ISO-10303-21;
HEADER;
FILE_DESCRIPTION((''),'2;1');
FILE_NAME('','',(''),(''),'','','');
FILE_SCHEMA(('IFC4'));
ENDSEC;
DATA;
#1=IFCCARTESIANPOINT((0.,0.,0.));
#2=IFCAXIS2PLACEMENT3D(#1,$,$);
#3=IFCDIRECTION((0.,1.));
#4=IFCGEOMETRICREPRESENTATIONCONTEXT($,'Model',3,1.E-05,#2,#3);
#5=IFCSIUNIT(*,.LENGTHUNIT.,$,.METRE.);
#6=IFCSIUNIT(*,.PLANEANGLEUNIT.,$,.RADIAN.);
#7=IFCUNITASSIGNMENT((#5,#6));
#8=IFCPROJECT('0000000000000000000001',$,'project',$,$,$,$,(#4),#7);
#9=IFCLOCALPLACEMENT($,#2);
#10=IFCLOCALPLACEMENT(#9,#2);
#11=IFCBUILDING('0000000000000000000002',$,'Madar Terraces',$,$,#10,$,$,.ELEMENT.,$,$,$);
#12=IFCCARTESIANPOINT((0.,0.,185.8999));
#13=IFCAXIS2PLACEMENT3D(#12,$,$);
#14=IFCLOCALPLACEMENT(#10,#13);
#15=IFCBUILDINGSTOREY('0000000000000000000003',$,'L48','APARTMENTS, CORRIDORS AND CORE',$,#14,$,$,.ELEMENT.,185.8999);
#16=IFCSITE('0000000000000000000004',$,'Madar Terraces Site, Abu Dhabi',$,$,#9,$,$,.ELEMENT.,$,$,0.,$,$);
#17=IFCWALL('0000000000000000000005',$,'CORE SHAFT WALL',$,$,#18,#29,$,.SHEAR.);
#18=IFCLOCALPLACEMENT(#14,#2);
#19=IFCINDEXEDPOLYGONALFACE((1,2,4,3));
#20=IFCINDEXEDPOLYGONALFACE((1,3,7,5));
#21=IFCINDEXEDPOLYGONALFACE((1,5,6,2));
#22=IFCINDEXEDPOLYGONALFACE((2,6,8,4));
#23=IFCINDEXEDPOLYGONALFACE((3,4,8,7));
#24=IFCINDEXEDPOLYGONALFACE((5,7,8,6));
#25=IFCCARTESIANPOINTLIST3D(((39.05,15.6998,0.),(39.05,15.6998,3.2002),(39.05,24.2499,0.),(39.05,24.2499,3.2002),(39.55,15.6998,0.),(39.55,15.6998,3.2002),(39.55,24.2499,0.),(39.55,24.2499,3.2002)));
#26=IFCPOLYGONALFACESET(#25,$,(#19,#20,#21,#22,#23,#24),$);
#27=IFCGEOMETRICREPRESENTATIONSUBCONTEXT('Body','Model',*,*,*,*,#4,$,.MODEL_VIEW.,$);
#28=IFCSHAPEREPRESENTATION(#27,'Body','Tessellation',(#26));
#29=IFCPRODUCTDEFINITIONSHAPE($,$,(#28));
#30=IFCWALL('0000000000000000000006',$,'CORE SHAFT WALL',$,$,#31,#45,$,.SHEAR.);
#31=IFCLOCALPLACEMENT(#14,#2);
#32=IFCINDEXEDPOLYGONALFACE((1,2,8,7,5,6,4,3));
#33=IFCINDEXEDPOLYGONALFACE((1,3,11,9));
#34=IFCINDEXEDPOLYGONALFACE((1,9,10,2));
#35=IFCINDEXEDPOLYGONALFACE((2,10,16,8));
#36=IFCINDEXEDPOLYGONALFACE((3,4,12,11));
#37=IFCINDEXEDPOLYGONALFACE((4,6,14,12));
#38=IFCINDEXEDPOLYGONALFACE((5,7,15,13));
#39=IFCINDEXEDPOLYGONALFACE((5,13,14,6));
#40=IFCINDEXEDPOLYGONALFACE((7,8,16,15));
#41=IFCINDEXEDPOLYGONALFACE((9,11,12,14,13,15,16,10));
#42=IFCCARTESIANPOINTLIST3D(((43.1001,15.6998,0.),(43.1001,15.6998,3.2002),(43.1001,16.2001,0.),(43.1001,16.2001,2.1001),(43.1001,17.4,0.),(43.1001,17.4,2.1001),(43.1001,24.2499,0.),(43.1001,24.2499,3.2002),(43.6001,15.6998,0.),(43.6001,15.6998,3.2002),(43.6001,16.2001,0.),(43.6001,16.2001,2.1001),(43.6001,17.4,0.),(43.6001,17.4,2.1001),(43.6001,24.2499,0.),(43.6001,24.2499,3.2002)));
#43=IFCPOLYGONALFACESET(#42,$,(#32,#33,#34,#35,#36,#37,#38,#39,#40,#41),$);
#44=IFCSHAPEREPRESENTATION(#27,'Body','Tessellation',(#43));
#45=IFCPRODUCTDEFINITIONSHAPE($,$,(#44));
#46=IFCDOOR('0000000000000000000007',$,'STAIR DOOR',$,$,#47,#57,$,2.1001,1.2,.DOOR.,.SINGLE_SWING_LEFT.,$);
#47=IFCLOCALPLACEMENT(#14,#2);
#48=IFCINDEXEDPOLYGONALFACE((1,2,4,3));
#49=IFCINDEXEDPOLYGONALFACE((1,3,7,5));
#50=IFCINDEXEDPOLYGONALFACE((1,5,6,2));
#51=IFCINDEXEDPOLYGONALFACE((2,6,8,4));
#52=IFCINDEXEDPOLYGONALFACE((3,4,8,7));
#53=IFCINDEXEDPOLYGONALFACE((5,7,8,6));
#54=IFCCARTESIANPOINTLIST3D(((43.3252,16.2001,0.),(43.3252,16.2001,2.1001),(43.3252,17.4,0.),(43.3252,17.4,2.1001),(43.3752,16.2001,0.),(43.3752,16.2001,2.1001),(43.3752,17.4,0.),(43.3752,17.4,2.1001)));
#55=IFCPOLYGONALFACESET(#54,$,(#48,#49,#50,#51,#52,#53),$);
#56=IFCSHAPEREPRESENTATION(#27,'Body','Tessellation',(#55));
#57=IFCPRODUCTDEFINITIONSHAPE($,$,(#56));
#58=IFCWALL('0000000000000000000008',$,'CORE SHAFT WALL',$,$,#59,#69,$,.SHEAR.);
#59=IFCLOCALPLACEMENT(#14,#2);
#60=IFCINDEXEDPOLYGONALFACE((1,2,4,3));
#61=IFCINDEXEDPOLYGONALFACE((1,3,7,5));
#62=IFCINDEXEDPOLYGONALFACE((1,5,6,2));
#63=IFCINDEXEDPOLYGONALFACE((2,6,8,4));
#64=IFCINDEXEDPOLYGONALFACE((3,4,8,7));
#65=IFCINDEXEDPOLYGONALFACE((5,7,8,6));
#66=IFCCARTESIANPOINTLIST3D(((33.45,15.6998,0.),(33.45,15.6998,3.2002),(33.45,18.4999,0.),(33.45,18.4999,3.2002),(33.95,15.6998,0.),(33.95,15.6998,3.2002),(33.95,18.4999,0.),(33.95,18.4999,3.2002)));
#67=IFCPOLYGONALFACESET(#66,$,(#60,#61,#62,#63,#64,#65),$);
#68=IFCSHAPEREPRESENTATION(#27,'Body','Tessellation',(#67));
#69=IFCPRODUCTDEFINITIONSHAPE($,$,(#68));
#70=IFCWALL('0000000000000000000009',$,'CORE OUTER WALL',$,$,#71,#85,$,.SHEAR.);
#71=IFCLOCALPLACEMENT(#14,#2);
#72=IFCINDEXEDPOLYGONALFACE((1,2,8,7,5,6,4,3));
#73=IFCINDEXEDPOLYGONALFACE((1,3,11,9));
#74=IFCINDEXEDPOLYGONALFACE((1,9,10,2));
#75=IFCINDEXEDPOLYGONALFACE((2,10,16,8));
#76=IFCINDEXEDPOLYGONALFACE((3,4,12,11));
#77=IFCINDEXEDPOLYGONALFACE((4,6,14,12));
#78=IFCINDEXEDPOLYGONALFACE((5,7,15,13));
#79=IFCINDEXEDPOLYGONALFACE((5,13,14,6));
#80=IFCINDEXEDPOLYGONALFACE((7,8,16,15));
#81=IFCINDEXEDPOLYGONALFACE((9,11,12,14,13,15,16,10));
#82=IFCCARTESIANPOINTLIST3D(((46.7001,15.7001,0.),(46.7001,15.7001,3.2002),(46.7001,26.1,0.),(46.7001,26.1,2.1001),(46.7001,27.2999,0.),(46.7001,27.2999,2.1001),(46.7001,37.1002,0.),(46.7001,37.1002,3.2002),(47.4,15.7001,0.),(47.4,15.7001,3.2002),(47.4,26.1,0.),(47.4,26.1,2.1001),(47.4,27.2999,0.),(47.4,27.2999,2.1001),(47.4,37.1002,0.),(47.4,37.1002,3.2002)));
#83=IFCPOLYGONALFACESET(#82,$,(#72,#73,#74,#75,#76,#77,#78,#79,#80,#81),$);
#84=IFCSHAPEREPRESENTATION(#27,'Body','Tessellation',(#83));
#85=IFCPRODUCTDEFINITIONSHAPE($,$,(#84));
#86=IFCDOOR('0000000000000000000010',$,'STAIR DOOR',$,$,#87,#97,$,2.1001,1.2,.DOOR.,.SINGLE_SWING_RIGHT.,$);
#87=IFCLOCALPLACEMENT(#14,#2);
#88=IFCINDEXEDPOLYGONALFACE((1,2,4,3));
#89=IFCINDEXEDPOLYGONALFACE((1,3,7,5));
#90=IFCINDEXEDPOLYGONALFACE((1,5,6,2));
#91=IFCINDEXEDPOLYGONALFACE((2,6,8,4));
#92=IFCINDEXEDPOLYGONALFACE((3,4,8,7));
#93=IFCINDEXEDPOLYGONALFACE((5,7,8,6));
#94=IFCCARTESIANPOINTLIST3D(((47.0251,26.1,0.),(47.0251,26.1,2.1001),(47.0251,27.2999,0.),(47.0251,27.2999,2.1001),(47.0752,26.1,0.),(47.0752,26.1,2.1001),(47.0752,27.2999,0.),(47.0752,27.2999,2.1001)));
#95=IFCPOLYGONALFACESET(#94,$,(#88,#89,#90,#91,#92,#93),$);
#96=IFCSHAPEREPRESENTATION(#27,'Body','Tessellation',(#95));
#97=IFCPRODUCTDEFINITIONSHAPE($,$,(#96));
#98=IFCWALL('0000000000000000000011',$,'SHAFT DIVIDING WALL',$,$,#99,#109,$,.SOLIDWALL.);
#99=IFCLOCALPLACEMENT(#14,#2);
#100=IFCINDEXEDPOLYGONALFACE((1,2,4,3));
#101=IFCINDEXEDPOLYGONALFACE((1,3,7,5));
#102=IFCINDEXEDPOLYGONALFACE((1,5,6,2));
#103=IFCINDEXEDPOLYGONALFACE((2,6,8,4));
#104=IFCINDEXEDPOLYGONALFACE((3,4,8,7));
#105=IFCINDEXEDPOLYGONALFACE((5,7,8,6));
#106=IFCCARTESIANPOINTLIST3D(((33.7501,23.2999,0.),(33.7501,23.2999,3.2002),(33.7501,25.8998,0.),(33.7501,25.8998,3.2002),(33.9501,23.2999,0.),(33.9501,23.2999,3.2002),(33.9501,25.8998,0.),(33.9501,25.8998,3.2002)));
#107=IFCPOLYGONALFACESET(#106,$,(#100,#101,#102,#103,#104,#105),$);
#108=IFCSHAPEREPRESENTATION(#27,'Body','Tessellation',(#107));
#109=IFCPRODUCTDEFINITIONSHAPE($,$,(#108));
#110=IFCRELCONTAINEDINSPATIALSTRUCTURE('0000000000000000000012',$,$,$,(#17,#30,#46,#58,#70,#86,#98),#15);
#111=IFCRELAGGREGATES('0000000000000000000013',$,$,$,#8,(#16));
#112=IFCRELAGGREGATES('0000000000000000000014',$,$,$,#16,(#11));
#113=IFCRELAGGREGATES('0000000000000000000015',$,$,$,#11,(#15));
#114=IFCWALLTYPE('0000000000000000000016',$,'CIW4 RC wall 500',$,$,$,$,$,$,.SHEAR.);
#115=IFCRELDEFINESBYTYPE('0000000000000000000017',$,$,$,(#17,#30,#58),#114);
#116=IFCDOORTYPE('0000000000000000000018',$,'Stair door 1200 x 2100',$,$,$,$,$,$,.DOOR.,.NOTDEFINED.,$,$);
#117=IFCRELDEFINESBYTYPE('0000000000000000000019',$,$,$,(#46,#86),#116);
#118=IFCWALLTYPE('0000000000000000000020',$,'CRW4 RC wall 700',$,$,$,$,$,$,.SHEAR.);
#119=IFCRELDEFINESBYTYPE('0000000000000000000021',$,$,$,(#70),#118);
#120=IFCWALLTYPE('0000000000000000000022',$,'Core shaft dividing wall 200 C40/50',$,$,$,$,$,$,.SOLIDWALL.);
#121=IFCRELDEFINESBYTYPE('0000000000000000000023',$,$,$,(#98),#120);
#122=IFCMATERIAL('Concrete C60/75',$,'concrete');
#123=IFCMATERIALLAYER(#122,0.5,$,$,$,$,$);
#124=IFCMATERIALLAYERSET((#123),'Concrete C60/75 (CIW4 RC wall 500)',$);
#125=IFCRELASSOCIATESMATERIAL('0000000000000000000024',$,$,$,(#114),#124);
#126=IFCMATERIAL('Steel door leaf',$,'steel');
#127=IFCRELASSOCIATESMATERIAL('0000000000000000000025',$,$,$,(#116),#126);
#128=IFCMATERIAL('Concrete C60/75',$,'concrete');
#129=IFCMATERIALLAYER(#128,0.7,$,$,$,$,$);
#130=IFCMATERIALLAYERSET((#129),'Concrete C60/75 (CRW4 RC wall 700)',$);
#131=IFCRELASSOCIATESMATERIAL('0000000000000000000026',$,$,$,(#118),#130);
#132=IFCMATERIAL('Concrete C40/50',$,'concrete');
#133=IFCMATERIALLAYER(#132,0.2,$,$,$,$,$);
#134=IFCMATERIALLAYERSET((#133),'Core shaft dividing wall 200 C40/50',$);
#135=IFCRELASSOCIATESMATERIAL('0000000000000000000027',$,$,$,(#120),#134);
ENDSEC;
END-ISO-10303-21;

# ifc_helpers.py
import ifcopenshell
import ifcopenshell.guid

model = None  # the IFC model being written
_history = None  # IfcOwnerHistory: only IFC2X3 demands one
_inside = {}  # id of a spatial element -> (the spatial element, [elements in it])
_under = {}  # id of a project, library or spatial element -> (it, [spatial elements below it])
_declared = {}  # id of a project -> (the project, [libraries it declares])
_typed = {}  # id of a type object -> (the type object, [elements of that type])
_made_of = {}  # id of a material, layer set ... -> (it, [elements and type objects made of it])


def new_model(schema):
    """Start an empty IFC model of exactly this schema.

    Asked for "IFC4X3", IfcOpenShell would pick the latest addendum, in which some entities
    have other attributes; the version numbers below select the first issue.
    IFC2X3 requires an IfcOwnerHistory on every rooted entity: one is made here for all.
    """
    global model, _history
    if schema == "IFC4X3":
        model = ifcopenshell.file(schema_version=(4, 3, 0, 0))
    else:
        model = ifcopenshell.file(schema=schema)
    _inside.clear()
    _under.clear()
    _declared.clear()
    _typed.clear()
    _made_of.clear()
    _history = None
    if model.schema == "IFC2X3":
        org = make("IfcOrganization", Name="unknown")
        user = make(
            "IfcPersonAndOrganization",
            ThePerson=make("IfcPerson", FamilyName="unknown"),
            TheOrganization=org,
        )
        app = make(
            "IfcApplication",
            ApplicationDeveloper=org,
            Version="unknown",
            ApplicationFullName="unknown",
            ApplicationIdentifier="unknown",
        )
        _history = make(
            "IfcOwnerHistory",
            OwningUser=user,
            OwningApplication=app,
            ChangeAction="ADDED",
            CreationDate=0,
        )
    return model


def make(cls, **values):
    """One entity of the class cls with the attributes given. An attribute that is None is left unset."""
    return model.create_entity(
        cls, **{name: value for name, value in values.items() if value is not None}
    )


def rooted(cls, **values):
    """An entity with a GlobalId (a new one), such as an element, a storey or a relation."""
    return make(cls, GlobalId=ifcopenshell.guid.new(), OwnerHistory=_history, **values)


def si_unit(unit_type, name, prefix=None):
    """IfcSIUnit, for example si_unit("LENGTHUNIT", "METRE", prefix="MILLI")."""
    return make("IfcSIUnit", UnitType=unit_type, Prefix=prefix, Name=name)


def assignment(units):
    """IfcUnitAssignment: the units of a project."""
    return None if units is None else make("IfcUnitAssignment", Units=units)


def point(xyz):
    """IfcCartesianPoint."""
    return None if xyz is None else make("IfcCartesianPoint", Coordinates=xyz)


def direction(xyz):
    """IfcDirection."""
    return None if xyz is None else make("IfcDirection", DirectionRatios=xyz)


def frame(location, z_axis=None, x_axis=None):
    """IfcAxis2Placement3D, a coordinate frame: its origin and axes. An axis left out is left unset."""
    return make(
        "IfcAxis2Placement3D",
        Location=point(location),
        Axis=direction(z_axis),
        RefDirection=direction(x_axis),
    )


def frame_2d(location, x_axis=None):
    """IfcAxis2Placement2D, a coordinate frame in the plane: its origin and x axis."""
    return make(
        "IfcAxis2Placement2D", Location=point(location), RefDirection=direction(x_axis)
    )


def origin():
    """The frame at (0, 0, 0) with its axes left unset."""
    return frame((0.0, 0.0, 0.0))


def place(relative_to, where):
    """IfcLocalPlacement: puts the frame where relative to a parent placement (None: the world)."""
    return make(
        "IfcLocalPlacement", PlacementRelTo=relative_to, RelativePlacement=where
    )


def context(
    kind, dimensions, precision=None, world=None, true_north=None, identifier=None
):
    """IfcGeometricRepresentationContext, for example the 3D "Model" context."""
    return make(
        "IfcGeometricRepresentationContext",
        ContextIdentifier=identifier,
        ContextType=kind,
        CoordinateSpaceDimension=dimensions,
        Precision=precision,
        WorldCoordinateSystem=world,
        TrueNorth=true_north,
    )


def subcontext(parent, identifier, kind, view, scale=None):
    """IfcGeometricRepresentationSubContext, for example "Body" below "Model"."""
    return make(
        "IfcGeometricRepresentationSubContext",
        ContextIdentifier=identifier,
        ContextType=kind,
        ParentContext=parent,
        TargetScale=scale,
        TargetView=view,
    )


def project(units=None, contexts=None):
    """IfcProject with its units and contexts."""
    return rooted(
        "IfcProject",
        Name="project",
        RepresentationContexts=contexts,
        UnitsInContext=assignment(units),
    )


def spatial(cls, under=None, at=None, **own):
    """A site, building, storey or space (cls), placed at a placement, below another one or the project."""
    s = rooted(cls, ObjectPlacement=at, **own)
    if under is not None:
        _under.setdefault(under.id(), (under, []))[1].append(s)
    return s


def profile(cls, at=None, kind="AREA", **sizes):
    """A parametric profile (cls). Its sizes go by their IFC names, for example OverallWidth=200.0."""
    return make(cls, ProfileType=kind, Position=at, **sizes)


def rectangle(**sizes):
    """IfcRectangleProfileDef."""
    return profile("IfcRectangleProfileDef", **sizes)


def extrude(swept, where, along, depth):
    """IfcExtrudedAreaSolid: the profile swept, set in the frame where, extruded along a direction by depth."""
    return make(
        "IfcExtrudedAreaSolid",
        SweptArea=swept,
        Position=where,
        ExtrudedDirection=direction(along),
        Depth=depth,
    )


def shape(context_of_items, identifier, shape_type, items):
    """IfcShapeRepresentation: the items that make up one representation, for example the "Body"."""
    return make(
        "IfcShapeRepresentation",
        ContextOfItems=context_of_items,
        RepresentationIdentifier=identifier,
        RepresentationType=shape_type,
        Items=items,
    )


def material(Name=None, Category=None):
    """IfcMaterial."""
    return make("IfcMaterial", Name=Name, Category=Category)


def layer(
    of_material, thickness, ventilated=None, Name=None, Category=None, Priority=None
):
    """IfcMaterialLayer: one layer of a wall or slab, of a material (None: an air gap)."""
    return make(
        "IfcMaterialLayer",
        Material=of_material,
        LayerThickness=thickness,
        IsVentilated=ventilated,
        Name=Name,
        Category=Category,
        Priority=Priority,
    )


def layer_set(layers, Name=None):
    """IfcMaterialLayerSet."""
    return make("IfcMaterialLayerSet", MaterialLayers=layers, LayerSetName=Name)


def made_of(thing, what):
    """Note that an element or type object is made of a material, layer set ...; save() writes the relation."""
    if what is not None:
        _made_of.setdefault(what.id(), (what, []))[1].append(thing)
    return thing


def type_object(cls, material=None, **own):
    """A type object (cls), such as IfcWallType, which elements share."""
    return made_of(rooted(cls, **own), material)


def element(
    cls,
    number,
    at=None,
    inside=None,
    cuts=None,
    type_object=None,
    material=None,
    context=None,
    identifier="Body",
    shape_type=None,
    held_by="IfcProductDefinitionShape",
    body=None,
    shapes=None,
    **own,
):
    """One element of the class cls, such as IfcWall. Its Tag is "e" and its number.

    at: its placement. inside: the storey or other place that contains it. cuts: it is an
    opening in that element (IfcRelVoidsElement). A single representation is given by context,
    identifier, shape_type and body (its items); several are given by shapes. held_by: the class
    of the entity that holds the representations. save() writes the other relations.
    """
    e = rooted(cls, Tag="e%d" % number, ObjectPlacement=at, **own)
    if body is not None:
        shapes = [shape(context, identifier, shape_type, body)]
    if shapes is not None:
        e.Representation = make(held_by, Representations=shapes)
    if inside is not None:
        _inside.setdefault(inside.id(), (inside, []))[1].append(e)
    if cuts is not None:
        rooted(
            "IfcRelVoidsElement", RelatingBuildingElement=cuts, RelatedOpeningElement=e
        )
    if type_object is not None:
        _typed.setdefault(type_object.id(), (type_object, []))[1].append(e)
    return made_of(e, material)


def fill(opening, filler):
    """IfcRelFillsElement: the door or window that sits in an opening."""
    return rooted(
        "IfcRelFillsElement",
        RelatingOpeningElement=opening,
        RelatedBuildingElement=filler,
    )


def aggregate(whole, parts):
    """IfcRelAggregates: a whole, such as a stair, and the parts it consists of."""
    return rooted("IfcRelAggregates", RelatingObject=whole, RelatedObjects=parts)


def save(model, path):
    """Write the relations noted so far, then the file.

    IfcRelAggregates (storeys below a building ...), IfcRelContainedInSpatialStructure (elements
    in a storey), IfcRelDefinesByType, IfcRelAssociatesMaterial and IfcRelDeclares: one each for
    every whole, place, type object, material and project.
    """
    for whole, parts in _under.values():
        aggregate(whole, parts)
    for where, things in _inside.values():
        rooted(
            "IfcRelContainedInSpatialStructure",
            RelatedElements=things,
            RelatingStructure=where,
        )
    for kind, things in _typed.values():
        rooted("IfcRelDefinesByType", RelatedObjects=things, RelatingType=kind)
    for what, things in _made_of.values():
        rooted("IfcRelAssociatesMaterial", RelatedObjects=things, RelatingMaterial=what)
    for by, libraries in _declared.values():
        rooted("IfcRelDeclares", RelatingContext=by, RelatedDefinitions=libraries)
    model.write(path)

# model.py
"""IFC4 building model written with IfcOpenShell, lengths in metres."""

from ifc_helpers import new_model, si_unit, direction, frame, frame_2d, origin, place, context, subcontext, project, spatial, rectangle, extrude, material, layer, layer_set, type_object, element, fill, save


model = new_model("IFC4")

# Units and contexts
model_context = context("Model", 3, precision=1e-05, world=origin(), true_north=direction((0.0, 1.0)))
body_context = subcontext(model_context, "Body", "Model", "MODEL_VIEW")
ifc_project = project(units=[si_unit("LENGTHUNIT", "METRE"), si_unit("PLANEANGLEUNIT", "RADIAN")], contexts=[model_context])

# Site, building, storey
site_placement = place(None, origin())
site = spatial("IfcSite", under=ifc_project, at=site_placement, Name="Madar Terraces Site, Abu Dhabi", CompositionType="ELEMENT", RefElevation=0.0)
building_placement = place(site_placement, origin())
building = spatial("IfcBuilding", under=site, at=building_placement, Name="Madar Terraces", CompositionType="ELEMENT")
storey_placement = place(building_placement, frame((0.0, 0.0, 185.8999)))
storey = spatial("IfcBuildingStorey", under=building, at=storey_placement, Name="L48", Description="APARTMENTS, CORRIDORS AND CORE", CompositionType="ELEMENT", Elevation=185.8999)

# Wall
ifc_material_1 = material(Name="Concrete C60/75", Category="concrete")
ifc_layer_1 = layer(ifc_material_1, 0.5)
ifc_layer_set_1 = layer_set([ifc_layer_1], Name="Concrete C60/75 (CIW4 RC wall 500)")
wall_type_1 = type_object("IfcWallType", Name="CIW4 RC wall 500", PredefinedType="SHEAR", material=ifc_layer_set_1)
wall_1_placement = place(storey_placement, frame((39.3, 15.7, 0.0), z_axis=(0.0, 0.0, 1.0), x_axis=(0.0, 1.0, 0.0)))
element("IfcWall", 1, at=wall_1_placement, inside=storey, type_object=wall_type_1, Name="CORE SHAFT WALL", PredefinedType="SHEAR", context=body_context, shape_type="SweptSolid", body=[
    extrude(rectangle(XDim=8.55, YDim=0.5, at=frame_2d((4.2749, 0.0))), origin(), (0.0, 0.0, 1.0), 3.2002),
])

# Wall, opening, door
wall_2_placement = place(storey_placement, frame((43.3501, 15.7, 0.0), z_axis=(0.0, 0.0, 1.0), x_axis=(0.0, 1.0, 0.0)))
wall_2 = element("IfcWall", 2, at=wall_2_placement, inside=storey, type_object=wall_type_1, Name="CORE SHAFT WALL", PredefinedType="SHEAR", context=body_context, shape_type="SweptSolid", body=[
    extrude(rectangle(XDim=8.55, YDim=0.5, at=frame_2d((4.2749, 0.0))), origin(), (0.0, 0.0, 1.0), 3.2002),
])
opening_1_placement = place(wall_2_placement, frame((0.5, 0.0, 0.0)))
opening_1 = element("IfcOpeningElement", 3, at=opening_1_placement, cuts=wall_2, PredefinedType="OPENING", context=body_context, shape_type="SweptSolid", body=[
    extrude(rectangle(XDim=1.2, YDim=2.1001, at=frame_2d((0.6001, 1.05))), frame((0.0, 0.26, 0.0), z_axis=(0.0, -1.0, 0.0), x_axis=(1.0, 0.0, 0.0)), (0.0, 0.0, 1.0), 0.52),
])
ifc_material_2 = material(Name="Steel door leaf", Category="steel")
door_type_1 = type_object("IfcDoorType", Name="Stair door 1200 x 2100", OperationType="NOTDEFINED", PredefinedType="DOOR", material=ifc_material_2)
door_1_placement = place(opening_1_placement, origin())
door_1 = element("IfcDoor", 4, at=door_1_placement, inside=storey, type_object=door_type_1, Name="STAIR DOOR", OperationType="SINGLE_SWING_LEFT", OverallHeight=2.1001, OverallWidth=1.2, PredefinedType="DOOR", context=body_context, shape_type="SweptSolid", body=[
    extrude(rectangle(XDim=1.2, YDim=2.1001, at=frame_2d((0.6001, 1.05))), frame((0.0, 0.0249, 0.0), z_axis=(0.0, -1.0, 0.0), x_axis=(1.0, 0.0, 0.0)), (0.0, 0.0, 1.0), 0.05),
])
fill(opening_1, door_1)

# Wall
wall_3_placement = place(storey_placement, frame((33.7, 15.7, 0.0), z_axis=(0.0, 0.0, 1.0), x_axis=(0.0, 1.0, 0.0)))
element("IfcWall", 5, at=wall_3_placement, inside=storey, type_object=wall_type_1, Name="CORE SHAFT WALL", PredefinedType="SHEAR", context=body_context, shape_type="SweptSolid", body=[
    extrude(rectangle(XDim=2.8, YDim=0.5, at=frame_2d((1.3999, 0.0))), origin(), (0.0, 0.0, 1.0), 3.2002),
])

# Wall, opening, door
ifc_material_3 = material(Name="Concrete C60/75", Category="concrete")
ifc_layer_2 = layer(ifc_material_3, 0.7)
ifc_layer_set_2 = layer_set([ifc_layer_2], Name="Concrete C60/75 (CRW4 RC wall 700)")
wall_type_2 = type_object("IfcWallType", Name="CRW4 RC wall 700", PredefinedType="SHEAR", material=ifc_layer_set_2)
wall_4_placement = place(storey_placement, frame((47.05, 15.7, 0.0), z_axis=(0.0, 0.0, 1.0), x_axis=(0.0, 1.0, 0.0)))
wall_4 = element("IfcWall", 6, at=wall_4_placement, inside=storey, type_object=wall_type_2, Name="CORE OUTER WALL", PredefinedType="SHEAR", context=body_context, shape_type="SweptSolid", body=[
    extrude(rectangle(XDim=21.4001, YDim=0.7, at=frame_2d((10.7002, 0.0))), origin(), (0.0, 0.0, 1.0), 3.2002),
])
opening_2_placement = place(wall_4_placement, frame((10.3999, 0.0, 0.0)))
opening_2 = element("IfcOpeningElement", 7, at=opening_2_placement, cuts=wall_4, PredefinedType="OPENING", context=body_context, shape_type="SweptSolid", body=[
    extrude(rectangle(XDim=1.2, YDim=2.1001, at=frame_2d((0.6001, 1.05))), frame((0.0, 0.3599, 0.0), z_axis=(0.0, -1.0, 0.0), x_axis=(1.0, 0.0, 0.0)), (0.0, 0.0, 1.0), 0.72),
])
door_2_placement = place(opening_2_placement, origin())
door_2 = element("IfcDoor", 8, at=door_2_placement, inside=storey, type_object=door_type_1, Name="STAIR DOOR", OperationType="SINGLE_SWING_RIGHT", OverallHeight=2.1001, OverallWidth=1.2, PredefinedType="DOOR", context=body_context, shape_type="SweptSolid", body=[
    extrude(rectangle(XDim=1.2, YDim=2.1001, at=frame_2d((0.6001, 1.05))), frame((0.0, 0.0249, 0.0), z_axis=(0.0, -1.0, 0.0), x_axis=(1.0, 0.0, 0.0)), (0.0, 0.0, 1.0), 0.05),
])
fill(opening_2, door_2)

# Wall
ifc_material_4 = material(Name="Concrete C40/50", Category="concrete")
ifc_layer_3 = layer(ifc_material_4, 0.2)
ifc_layer_set_3 = layer_set([ifc_layer_3], Name="Core shaft dividing wall 200 C40/50")
wall_type_3 = type_object("IfcWallType", Name="Core shaft dividing wall 200 C40/50", PredefinedType="SOLIDWALL", material=ifc_layer_set_3)
wall_5_placement = place(storey_placement, frame((33.8501, 23.3, 0.0), z_axis=(0.0, 0.0, 1.0), x_axis=(0.0, 1.0, 0.0)))
element("IfcWall", 9, at=wall_5_placement, inside=storey, type_object=wall_type_3, Name="SHAFT DIVIDING WALL", PredefinedType="SOLIDWALL", context=body_context, shape_type="SweptSolid", body=[
    extrude(rectangle(XDim=2.5999, YDim=0.2, at=frame_2d((1.2998, 0.0))), origin(), (0.0, 0.0, 1.0), 3.2002),
])

save(model, "model.ifc")
